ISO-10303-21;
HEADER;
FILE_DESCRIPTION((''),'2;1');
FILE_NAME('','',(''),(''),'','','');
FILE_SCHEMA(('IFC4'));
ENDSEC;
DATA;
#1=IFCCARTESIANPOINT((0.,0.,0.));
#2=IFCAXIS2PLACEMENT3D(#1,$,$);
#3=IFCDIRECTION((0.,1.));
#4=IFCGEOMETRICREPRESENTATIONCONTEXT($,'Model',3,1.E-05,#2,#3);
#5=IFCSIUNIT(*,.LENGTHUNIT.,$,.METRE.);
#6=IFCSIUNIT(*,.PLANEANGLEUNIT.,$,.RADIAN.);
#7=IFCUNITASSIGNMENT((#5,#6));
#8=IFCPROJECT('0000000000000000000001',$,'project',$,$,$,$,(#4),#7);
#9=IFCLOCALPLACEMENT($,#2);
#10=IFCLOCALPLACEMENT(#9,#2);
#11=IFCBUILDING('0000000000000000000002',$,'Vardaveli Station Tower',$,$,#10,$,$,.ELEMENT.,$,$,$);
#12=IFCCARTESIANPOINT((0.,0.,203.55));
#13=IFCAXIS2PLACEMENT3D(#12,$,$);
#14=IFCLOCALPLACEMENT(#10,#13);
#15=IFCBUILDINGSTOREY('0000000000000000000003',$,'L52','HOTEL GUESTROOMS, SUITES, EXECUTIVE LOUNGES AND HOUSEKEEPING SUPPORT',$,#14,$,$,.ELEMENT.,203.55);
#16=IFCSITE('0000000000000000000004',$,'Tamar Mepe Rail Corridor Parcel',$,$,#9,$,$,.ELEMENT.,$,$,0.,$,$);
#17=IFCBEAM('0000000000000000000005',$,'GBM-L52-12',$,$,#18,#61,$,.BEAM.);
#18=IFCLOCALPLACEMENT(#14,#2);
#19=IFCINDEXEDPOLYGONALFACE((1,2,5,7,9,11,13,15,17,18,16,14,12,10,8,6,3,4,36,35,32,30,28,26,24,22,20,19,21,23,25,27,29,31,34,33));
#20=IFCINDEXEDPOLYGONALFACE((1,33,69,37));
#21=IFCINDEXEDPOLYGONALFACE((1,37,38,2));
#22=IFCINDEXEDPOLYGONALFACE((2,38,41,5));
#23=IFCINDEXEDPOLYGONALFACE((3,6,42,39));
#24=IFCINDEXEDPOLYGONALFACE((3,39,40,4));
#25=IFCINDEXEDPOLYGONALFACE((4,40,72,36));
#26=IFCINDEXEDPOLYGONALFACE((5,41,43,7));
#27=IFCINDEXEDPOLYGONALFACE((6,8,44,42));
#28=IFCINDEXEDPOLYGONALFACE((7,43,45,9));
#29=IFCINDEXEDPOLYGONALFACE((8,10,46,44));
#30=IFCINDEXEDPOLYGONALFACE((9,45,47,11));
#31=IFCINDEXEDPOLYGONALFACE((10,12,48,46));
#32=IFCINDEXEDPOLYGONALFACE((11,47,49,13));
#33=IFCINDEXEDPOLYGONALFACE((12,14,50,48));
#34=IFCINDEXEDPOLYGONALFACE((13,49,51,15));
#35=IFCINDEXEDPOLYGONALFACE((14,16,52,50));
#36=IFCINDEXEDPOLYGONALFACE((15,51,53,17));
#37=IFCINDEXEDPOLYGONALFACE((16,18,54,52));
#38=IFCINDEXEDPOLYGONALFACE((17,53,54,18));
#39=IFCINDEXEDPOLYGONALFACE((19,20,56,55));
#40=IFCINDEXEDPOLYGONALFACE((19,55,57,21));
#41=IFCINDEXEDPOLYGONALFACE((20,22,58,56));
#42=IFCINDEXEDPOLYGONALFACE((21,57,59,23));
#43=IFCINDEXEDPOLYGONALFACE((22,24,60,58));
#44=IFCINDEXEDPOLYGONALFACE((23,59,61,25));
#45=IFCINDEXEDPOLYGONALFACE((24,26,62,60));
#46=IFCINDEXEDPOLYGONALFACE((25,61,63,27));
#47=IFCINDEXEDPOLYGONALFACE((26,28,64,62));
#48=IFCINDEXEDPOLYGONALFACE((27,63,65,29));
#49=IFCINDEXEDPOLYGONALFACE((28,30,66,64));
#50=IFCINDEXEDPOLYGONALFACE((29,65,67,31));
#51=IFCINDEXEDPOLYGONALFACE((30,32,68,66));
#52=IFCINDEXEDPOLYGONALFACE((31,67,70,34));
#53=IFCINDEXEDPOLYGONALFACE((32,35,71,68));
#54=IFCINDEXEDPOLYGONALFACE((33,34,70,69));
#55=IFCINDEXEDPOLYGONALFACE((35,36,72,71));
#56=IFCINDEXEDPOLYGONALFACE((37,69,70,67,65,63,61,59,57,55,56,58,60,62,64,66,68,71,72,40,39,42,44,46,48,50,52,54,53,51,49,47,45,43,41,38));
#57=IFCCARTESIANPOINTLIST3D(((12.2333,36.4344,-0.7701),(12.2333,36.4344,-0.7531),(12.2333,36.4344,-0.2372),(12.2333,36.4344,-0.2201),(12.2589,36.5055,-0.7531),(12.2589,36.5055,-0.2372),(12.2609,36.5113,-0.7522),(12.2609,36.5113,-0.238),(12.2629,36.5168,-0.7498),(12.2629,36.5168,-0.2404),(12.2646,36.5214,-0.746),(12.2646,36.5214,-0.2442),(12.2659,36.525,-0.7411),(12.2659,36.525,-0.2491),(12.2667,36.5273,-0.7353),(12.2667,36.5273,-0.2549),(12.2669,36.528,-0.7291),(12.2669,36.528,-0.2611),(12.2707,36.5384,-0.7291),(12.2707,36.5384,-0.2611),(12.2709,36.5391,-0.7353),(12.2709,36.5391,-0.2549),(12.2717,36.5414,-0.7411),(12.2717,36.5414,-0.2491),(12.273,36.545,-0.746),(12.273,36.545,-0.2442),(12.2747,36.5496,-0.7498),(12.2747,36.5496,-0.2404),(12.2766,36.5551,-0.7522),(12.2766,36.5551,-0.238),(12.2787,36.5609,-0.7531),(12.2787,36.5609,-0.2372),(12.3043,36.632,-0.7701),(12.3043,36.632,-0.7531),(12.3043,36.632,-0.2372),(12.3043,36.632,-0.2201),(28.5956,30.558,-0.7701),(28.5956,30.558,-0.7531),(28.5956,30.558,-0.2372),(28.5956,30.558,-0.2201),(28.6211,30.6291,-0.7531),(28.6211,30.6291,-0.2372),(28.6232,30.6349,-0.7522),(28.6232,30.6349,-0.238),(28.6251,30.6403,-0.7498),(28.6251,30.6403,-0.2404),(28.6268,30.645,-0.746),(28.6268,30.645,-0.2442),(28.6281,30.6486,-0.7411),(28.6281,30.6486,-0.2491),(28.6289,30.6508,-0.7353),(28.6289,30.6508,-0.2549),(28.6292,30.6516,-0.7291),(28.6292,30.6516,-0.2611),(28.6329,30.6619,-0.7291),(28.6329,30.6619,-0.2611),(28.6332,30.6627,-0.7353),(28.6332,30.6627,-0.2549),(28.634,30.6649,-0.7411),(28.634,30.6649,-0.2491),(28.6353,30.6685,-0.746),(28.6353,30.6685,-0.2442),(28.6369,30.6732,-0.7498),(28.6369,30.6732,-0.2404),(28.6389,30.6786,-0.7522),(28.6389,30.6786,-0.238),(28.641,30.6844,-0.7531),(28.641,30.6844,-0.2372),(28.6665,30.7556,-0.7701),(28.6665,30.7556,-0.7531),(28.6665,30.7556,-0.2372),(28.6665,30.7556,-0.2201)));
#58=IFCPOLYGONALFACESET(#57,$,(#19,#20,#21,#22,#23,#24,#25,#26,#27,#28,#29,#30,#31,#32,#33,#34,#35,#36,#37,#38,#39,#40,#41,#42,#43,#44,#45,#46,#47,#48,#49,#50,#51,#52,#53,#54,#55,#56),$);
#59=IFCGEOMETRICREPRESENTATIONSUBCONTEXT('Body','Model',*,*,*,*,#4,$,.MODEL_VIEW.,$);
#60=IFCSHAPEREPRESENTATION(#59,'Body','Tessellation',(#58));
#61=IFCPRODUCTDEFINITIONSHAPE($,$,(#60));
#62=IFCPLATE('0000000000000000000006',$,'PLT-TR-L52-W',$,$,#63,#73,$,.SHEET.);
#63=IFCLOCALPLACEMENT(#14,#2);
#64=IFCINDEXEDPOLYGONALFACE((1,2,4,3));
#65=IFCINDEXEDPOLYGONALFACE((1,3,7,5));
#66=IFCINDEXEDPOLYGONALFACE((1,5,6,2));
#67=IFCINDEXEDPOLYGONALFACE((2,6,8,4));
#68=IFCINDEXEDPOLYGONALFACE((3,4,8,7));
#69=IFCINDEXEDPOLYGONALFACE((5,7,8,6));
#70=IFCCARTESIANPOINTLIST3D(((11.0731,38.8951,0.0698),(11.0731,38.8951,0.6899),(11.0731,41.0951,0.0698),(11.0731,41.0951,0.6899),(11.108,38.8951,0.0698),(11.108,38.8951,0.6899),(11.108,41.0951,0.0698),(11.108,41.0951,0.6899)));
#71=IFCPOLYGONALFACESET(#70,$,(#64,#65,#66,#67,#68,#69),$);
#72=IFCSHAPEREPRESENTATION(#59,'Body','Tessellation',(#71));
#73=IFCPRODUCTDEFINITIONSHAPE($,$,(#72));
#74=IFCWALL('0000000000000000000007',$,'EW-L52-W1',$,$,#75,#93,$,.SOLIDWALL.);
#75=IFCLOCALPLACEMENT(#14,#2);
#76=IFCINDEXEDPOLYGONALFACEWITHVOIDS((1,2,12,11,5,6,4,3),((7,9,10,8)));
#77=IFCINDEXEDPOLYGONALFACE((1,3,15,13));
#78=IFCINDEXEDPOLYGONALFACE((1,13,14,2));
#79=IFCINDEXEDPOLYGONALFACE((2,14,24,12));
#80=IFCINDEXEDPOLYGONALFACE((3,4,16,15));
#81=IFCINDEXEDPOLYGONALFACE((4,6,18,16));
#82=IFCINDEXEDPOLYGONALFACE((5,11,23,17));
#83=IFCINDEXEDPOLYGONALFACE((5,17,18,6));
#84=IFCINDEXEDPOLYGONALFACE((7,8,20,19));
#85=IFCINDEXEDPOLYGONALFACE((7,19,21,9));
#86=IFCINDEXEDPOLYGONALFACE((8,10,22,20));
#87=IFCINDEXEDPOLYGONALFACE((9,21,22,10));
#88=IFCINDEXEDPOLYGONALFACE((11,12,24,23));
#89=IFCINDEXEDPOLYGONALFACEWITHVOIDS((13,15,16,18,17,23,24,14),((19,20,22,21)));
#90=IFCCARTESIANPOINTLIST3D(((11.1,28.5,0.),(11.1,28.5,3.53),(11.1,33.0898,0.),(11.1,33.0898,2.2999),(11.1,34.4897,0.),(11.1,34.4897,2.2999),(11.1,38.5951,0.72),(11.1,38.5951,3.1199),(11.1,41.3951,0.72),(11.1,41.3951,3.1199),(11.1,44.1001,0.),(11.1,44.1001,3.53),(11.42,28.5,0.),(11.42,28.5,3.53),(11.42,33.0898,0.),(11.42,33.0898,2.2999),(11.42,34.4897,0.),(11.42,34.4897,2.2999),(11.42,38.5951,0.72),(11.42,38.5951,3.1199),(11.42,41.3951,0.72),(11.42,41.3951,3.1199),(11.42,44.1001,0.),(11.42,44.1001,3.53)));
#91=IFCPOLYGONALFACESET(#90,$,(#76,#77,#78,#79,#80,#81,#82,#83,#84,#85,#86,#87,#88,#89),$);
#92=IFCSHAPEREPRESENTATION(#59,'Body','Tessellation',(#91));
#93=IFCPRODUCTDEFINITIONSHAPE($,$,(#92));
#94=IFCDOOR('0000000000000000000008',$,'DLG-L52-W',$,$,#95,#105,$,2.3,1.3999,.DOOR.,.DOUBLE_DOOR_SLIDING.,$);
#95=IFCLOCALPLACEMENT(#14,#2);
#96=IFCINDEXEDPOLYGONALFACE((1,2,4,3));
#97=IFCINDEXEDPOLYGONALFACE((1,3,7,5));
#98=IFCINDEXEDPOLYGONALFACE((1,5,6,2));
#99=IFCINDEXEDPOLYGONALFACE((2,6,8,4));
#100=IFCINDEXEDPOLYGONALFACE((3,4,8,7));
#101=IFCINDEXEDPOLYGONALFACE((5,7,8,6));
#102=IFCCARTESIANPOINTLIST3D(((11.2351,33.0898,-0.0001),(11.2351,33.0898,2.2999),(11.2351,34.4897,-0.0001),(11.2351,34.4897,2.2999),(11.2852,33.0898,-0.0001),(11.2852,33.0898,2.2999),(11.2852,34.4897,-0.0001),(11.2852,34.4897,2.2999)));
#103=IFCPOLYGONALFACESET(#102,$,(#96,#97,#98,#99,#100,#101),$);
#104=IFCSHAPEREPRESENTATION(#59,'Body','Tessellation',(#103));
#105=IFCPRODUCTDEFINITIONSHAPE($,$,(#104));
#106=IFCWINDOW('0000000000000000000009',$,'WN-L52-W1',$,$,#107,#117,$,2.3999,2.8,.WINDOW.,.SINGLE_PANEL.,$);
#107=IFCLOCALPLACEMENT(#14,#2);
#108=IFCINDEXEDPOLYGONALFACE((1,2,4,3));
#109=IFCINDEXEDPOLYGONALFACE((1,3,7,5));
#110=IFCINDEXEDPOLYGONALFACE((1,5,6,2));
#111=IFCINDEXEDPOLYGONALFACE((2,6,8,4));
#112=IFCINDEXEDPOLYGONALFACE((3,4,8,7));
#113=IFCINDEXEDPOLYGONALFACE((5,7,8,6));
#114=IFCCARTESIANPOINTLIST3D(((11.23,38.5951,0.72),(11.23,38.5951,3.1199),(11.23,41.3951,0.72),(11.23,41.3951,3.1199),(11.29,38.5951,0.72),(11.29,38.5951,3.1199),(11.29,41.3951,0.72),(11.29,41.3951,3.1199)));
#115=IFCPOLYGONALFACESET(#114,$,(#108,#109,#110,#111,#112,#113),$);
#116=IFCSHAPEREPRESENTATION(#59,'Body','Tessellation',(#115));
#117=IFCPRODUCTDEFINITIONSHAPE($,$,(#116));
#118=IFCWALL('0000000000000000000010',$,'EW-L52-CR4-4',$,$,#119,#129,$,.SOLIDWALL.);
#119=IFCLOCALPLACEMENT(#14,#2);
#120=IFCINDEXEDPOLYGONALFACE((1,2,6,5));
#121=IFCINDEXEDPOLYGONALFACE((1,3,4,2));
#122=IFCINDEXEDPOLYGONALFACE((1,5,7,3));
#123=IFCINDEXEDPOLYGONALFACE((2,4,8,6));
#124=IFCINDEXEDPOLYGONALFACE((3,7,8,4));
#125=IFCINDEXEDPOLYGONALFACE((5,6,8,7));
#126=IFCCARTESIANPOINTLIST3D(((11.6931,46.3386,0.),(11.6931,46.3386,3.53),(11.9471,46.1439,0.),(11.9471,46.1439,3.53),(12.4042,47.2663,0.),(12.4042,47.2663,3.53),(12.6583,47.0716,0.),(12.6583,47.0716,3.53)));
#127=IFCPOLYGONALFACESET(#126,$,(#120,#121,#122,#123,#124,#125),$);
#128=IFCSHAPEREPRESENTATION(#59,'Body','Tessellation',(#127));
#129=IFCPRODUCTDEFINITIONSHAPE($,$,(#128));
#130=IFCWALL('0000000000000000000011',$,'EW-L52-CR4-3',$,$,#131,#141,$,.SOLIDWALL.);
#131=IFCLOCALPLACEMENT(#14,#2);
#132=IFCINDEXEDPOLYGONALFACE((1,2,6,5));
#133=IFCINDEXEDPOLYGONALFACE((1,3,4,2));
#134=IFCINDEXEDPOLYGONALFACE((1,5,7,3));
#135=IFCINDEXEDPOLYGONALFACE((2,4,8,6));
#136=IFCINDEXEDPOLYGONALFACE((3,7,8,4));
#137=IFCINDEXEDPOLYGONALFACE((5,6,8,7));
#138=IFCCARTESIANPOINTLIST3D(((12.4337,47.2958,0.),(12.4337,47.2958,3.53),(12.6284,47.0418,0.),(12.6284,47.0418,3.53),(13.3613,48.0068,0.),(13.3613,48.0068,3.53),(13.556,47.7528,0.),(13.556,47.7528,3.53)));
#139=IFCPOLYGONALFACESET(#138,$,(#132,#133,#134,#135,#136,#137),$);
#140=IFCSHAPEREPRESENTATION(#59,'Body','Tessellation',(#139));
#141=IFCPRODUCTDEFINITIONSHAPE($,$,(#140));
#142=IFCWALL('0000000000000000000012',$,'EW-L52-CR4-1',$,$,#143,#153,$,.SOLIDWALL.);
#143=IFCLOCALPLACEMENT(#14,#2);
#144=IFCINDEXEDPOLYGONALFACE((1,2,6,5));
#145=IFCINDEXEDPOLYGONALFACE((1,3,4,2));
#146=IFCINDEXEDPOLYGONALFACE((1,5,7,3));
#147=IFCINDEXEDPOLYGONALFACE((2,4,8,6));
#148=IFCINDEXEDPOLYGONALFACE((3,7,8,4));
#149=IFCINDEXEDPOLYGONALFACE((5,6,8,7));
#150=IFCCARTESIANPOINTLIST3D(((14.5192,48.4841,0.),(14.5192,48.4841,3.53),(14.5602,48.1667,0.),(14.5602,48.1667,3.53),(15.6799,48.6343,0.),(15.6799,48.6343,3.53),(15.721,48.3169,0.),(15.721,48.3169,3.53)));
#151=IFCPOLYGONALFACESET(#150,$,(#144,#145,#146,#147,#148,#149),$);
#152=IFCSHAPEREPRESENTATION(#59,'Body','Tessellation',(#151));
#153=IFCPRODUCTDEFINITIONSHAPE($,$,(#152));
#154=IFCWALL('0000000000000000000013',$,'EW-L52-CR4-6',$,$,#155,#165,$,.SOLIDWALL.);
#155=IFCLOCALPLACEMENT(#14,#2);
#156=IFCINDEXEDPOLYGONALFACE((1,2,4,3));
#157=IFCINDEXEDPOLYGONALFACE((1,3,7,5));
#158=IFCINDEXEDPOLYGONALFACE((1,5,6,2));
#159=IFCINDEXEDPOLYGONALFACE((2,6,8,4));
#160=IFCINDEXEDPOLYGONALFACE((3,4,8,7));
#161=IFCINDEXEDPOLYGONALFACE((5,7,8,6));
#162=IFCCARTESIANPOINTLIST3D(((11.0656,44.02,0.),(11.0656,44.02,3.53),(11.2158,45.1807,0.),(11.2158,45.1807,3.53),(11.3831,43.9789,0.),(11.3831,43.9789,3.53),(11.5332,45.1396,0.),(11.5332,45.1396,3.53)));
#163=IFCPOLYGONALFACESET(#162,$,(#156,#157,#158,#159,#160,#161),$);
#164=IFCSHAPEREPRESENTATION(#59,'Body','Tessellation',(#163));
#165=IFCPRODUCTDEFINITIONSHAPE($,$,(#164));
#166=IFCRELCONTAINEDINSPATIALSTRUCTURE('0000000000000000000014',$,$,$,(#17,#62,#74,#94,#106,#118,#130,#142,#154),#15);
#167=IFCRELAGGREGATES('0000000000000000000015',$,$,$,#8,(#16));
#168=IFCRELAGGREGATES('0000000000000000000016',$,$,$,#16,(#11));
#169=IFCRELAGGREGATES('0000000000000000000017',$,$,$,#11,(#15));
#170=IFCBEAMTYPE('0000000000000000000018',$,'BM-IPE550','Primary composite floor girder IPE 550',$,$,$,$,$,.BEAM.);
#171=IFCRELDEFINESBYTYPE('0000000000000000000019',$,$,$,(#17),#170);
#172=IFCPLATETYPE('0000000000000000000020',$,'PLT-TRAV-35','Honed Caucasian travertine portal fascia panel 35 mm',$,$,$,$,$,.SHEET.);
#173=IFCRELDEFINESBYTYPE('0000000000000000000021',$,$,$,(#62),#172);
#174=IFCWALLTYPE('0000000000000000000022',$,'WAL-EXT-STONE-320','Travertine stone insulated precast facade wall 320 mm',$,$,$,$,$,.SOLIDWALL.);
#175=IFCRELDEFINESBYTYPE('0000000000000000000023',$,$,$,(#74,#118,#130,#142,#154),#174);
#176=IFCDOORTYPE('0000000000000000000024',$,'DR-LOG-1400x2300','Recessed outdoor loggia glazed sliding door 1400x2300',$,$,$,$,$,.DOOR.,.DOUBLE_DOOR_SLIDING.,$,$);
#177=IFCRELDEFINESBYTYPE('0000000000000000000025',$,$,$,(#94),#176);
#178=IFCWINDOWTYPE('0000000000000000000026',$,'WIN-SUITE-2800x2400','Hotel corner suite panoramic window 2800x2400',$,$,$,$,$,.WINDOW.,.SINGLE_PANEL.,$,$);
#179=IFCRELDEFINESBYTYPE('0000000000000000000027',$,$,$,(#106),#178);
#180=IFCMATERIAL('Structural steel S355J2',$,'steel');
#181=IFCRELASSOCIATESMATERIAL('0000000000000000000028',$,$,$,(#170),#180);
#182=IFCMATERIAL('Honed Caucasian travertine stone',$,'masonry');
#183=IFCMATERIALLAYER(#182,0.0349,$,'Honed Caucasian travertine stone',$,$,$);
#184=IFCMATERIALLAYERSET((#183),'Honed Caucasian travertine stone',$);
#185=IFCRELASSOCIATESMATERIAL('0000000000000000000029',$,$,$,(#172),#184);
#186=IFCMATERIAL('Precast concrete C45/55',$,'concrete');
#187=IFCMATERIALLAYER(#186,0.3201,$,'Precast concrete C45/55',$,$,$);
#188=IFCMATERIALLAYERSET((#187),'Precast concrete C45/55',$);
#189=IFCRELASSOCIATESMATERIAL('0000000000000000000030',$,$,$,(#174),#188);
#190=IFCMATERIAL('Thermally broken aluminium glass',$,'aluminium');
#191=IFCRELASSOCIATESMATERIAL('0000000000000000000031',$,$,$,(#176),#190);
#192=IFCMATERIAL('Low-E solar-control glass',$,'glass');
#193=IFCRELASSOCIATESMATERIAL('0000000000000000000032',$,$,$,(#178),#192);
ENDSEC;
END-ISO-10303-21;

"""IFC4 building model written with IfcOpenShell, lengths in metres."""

from ifc_helpers import new_model, si_unit, direction, frame, frame_2d, origin, origin_2d, place, context, subcontext, project, spatial, rectangle, i_section, extrude, source, transform, mapped, material, layer, layer_set, material_profile, profile_set, type_object, element, fill, save


model = new_model("IFC4")

# Units and contexts
model_context = context("Model", 3, precision=1e-05, world=origin(), true_north=direction((0.0, 1.0)))
body_context = subcontext(model_context, "Body", "Model", "MODEL_VIEW")
ifc_project = project(units=[si_unit("LENGTHUNIT", "METRE"), si_unit("PLANEANGLEUNIT", "RADIAN")], contexts=[model_context])

# Site, building, storey
site_placement = place(None, origin())
site = spatial("IfcSite", under=ifc_project, at=site_placement, Name="Tamar Mepe Rail Corridor Parcel", CompositionType="ELEMENT", RefElevation=0.0)
building_placement = place(site_placement, origin())
building = spatial("IfcBuilding", under=site, at=building_placement, Name="Vardaveli Station Tower", CompositionType="ELEMENT")
storey_placement = place(building_placement, frame((0.0, 0.0, 203.55)))
storey = spatial("IfcBuildingStorey", under=building, at=storey_placement, Name="L52", Description="HOTEL GUESTROOMS, SUITES, EXECUTIVE LOUNGES AND HOUSEKEEPING SUPPORT", CompositionType="ELEMENT", Elevation=203.55)

# Beam
ifc_material_1 = material(Name="Precast concrete C45/55", Category="concrete")
ifc_material_2 = material(Name="Structural steel S355J2", Category="steel")
ifc_material_profile_1 = material_profile(ifc_material_2, i_section(OverallWidth=0.21, OverallDepth=0.55, WebThickness=0.011, FlangeThickness=0.0171, FilletRadius=0.0239, at=origin_2d()), Name="IPE 550")
ifc_profile_set_1 = profile_set([ifc_material_profile_1], Name="Structural steel S355J2")
beam_type_1 = type_object("IfcBeamType", Name="BM-IPE550", Description="Primary composite floor girder IPE 550", PredefinedType="BEAM", material=ifc_profile_set_1)
shared_shape_1 = source(origin(), body_context, "Body", "SweptSolid", [
    extrude(i_section(OverallWidth=0.21, OverallDepth=0.55, WebThickness=0.011, FlangeThickness=0.0171, FilletRadius=0.0239, at=origin_2d()), origin(), (0.0, 0.0, 1.0), 17.3855),
])
beam_1_placement = place(storey_placement, frame((12.2688, 36.5332, -0.4951), z_axis=(0.941143, -0.338008, 0.0), x_axis=(0.338008, 0.941143, 0.0)))
element("IfcBeam", 1, at=beam_1_placement, inside=storey, type_object=beam_type_1, Name="GBM-L52-12", PredefinedType="BEAM", context=body_context, shape_type="MappedRepresentation", body=[
    mapped(shared_shape_1, transform((0.0, 0.0, 0.0), scale=1.0)),
])

# Plate
ifc_material_3 = material(Name="Honed Caucasian travertine stone", Category="masonry")
ifc_layer_1 = layer(ifc_material_3, 0.0349, Name="Honed Caucasian travertine stone")
ifc_layer_set_1 = layer_set([ifc_layer_1], Name="Honed Caucasian travertine stone")
plate_type = type_object("IfcPlateType", Name="PLT-TRAV-35", Description="Honed Caucasian travertine portal fascia panel 35 mm", PredefinedType="SHEET", material=ifc_layer_set_1)
shared_shape_2 = source(origin(), body_context, "Body", "SweptSolid", [
    extrude(rectangle(XDim=2.2, YDim=0.0349, at=origin_2d()), origin(), (0.0, 0.0, 1.0), 0.6201),
])
plate_placement = place(storey_placement, frame((11.0906, 39.9951, 0.0698), z_axis=(0.0, 0.0, 1.0), x_axis=(0.0, 1.0, 0.0)))
element("IfcPlate", 2, at=plate_placement, inside=storey, type_object=plate_type, Name="PLT-TR-L52-W", PredefinedType="SHEET", context=body_context, shape_type="MappedRepresentation", body=[
    mapped(shared_shape_2, transform((0.0, 0.0, 0.0), scale=1.0)),
])

# Wall, openings, door, window
ifc_layer_2 = layer(ifc_material_1, 0.3201, Name="Precast concrete C45/55")
ifc_layer_set_2 = layer_set([ifc_layer_2], Name="Precast concrete C45/55")
wall_type_1 = type_object("IfcWallType", Name="WAL-EXT-STONE-320", Description="Travertine stone insulated precast facade wall 320 mm", PredefinedType="SOLIDWALL", material=ifc_layer_set_2)
shared_shape_3 = source(origin(), body_context, "Body", "SweptSolid", [
    extrude(rectangle(XDim=15.6001, YDim=0.3201, at=frame_2d((7.8, 0.0))), origin(), (0.0, 0.0, 1.0), 3.53),
])
wall_1_placement = place(storey_placement, frame((11.26, 44.1001, 0.0), z_axis=(0.0, 0.0, 1.0), x_axis=(0.0, -1.0, 0.0)))
wall_1 = element("IfcWall", 3, at=wall_1_placement, inside=storey, type_object=wall_type_1, Name="EW-L52-W1", PredefinedType="SOLIDWALL", context=body_context, shape_type="MappedRepresentation", body=[
    mapped(shared_shape_3, transform((0.0, 0.0, 0.0), scale=1.0)),
])
shared_shape_4 = source(origin(), body_context, "Body", "SweptSolid", [
    extrude(rectangle(XDim=1.3999, YDim=2.3, at=frame_2d((0.7, 1.1499))), frame((0.0, 0.1699, 0.0), z_axis=(0.0, -1.0, 0.0), x_axis=(1.0, 0.0, 0.0)), (0.0, 0.0, 1.0), 0.3401),
])
opening_1_placement = place(wall_1_placement, frame((9.6104, 0.0, 0.0)))
opening_1 = element("IfcOpeningElement", 4, at=opening_1_placement, cuts=wall_1, PredefinedType="OPENING", context=body_context, shape_type="MappedRepresentation", body=[
    mapped(shared_shape_4, transform((0.0, 0.0, 0.0), scale=1.0)),
])
shared_shape_5 = source(origin(), body_context, "Body", "SweptSolid", [
    extrude(rectangle(XDim=2.8, YDim=2.3999, at=frame_2d((1.3999, 1.2))), frame((0.0, 0.1699, 0.0), z_axis=(0.0, -1.0, 0.0), x_axis=(1.0, 0.0, 0.0)), (0.0, 0.0, 1.0), 0.3401),
])
opening_2_placement = place(wall_1_placement, frame((2.7051, 0.0, 0.72)))
opening_2 = element("IfcOpeningElement", 5, at=opening_2_placement, cuts=wall_1, PredefinedType="OPENING", context=body_context, shape_type="MappedRepresentation", body=[
    mapped(shared_shape_5, transform((0.0, 0.0, 0.0), scale=1.0)),
])
ifc_material_4 = material(Name="Thermally broken aluminium glass", Category="aluminium")
door_type_1 = type_object("IfcDoorType", Name="DR-LOG-1400x2300", Description="Recessed outdoor loggia glazed sliding door 1400x2300", OperationType="DOUBLE_DOOR_SLIDING", PredefinedType="DOOR", material=ifc_material_4)
shared_shape_6 = source(origin(), body_context, "Body", "SweptSolid", [
    extrude(rectangle(XDim=1.3999, YDim=2.3, at=frame_2d((0.7, 1.1499))), frame((0.0, 0.0249, 0.0), z_axis=(0.0, -1.0, 0.0), x_axis=(1.0, 0.0, 0.0)), (0.0, 0.0, 1.0), 0.05),
])
door_1_placement = place(opening_1_placement, frame((1.3999, 0.0, 0.0), z_axis=(0.0, 0.0, 1.0), x_axis=(-1.0, 0.0, 0.0)))
door_1 = element("IfcDoor", 6, at=door_1_placement, inside=storey, type_object=door_type_1, Name="DLG-L52-W", OperationType="DOUBLE_DOOR_SLIDING", OverallHeight=2.3, OverallWidth=1.3999, PredefinedType="DOOR", context=body_context, shape_type="MappedRepresentation", body=[
    mapped(shared_shape_6, transform((0.0, 0.0, 0.0), scale=1.0)),
])
fill(opening_1, door_1)
ifc_material_5 = material(Name="Low-E solar-control glass", Category="glass")
window_type = type_object("IfcWindowType", Name="WIN-SUITE-2800x2400", Description="Hotel corner suite panoramic window 2800x2400", PartitioningType="SINGLE_PANEL", PredefinedType="WINDOW", material=ifc_material_5)
shared_shape_7 = source(origin(), body_context, "Body", "SweptSolid", [
    extrude(rectangle(XDim=2.8, YDim=2.3999, at=frame_2d((1.3999, 1.2))), frame((0.0, 0.03, 0.0), z_axis=(0.0, -1.0, 0.0), x_axis=(1.0, 0.0, 0.0)), (0.0, 0.0, 1.0), 0.0601),
])
window_placement = place(opening_2_placement, origin())
window = element("IfcWindow", 7, at=window_placement, inside=storey, type_object=window_type, Name="WN-L52-W1", OverallHeight=2.3999, OverallWidth=2.8, PartitioningType="SINGLE_PANEL", PredefinedType="WINDOW", context=body_context, shape_type="MappedRepresentation", body=[
    mapped(shared_shape_7, transform((0.0, 0.0, 0.0), scale=1.0)),
])
fill(opening_2, window)

# Walls
shared_shape_8 = source(origin(), body_context, "Body", "SweptSolid", [
    extrude(rectangle(XDim=1.1689, YDim=0.3201, at=frame_2d((0.5845, 0.0))), origin(), (0.0, 0.0, 1.0), 3.53),
])
wall_2_placement = place(storey_placement, frame((12.5312, 47.1689, 0.0), z_axis=(0.0, 0.0, 1.0), x_axis=(-0.608388, -0.79364, 0.0)))
element("IfcWall", 8, at=wall_2_placement, inside=storey, type_object=wall_type_1, Name="EW-L52-CR4-4", PredefinedType="SOLIDWALL", context=body_context, shape_type="MappedRepresentation", body=[
    mapped(shared_shape_8, transform((0.0, 0.0, 0.0), scale=1.0)),
])
shared_shape_9 = source(origin(), body_context, "Body", "SweptSolid", [
    extrude(rectangle(XDim=1.1687, YDim=0.3201, at=frame_2d((0.5845, 0.0))), origin(), (0.0, 0.0, 1.0), 3.53),
])
wall_3_placement = place(storey_placement, frame((13.4587, 47.8799, 0.0), z_axis=(0.0, 0.0, 1.0), x_axis=(-0.793664, -0.608357, 0.0)))
element("IfcWall", 9, at=wall_3_placement, inside=storey, type_object=wall_type_1, Name="EW-L52-CR4-3", PredefinedType="SOLIDWALL", context=body_context, shape_type="MappedRepresentation", body=[
    mapped(shared_shape_9, transform((0.0, 0.0, 0.0), scale=1.0)),
])
shared_shape_10 = source(origin(), body_context, "Body", "SweptSolid", [
    extrude(rectangle(XDim=1.1704, YDim=0.3201, at=frame_2d((0.5852, 0.0))), origin(), (0.0, 0.0, 1.0), 3.53),
])
for number, where, z_axis, x_axis, name in (
    (10, (15.7004, 48.4756, 0.0), (0.0, 0.0, 1.0), (-0.991736, -0.128296, 0.0), "EW-L52-CR4-1"),
    (11, (11.3745, 45.1602, 0.0), (0.0, 0.0, 1.0), (-0.128296, -0.991736, 0.0), "EW-L52-CR4-6"),
):
    element("IfcWall", number, at=place(storey_placement, frame(where, z_axis=z_axis, x_axis=x_axis)), inside=storey, type_object=wall_type_1, Name=name, PredefinedType="SOLIDWALL", context=body_context, shape_type="MappedRepresentation", body=[
        mapped(shared_shape_10, transform((0.0, 0.0, 0.0), scale=1.0)),
    ])

save(model, "model.ifc")
